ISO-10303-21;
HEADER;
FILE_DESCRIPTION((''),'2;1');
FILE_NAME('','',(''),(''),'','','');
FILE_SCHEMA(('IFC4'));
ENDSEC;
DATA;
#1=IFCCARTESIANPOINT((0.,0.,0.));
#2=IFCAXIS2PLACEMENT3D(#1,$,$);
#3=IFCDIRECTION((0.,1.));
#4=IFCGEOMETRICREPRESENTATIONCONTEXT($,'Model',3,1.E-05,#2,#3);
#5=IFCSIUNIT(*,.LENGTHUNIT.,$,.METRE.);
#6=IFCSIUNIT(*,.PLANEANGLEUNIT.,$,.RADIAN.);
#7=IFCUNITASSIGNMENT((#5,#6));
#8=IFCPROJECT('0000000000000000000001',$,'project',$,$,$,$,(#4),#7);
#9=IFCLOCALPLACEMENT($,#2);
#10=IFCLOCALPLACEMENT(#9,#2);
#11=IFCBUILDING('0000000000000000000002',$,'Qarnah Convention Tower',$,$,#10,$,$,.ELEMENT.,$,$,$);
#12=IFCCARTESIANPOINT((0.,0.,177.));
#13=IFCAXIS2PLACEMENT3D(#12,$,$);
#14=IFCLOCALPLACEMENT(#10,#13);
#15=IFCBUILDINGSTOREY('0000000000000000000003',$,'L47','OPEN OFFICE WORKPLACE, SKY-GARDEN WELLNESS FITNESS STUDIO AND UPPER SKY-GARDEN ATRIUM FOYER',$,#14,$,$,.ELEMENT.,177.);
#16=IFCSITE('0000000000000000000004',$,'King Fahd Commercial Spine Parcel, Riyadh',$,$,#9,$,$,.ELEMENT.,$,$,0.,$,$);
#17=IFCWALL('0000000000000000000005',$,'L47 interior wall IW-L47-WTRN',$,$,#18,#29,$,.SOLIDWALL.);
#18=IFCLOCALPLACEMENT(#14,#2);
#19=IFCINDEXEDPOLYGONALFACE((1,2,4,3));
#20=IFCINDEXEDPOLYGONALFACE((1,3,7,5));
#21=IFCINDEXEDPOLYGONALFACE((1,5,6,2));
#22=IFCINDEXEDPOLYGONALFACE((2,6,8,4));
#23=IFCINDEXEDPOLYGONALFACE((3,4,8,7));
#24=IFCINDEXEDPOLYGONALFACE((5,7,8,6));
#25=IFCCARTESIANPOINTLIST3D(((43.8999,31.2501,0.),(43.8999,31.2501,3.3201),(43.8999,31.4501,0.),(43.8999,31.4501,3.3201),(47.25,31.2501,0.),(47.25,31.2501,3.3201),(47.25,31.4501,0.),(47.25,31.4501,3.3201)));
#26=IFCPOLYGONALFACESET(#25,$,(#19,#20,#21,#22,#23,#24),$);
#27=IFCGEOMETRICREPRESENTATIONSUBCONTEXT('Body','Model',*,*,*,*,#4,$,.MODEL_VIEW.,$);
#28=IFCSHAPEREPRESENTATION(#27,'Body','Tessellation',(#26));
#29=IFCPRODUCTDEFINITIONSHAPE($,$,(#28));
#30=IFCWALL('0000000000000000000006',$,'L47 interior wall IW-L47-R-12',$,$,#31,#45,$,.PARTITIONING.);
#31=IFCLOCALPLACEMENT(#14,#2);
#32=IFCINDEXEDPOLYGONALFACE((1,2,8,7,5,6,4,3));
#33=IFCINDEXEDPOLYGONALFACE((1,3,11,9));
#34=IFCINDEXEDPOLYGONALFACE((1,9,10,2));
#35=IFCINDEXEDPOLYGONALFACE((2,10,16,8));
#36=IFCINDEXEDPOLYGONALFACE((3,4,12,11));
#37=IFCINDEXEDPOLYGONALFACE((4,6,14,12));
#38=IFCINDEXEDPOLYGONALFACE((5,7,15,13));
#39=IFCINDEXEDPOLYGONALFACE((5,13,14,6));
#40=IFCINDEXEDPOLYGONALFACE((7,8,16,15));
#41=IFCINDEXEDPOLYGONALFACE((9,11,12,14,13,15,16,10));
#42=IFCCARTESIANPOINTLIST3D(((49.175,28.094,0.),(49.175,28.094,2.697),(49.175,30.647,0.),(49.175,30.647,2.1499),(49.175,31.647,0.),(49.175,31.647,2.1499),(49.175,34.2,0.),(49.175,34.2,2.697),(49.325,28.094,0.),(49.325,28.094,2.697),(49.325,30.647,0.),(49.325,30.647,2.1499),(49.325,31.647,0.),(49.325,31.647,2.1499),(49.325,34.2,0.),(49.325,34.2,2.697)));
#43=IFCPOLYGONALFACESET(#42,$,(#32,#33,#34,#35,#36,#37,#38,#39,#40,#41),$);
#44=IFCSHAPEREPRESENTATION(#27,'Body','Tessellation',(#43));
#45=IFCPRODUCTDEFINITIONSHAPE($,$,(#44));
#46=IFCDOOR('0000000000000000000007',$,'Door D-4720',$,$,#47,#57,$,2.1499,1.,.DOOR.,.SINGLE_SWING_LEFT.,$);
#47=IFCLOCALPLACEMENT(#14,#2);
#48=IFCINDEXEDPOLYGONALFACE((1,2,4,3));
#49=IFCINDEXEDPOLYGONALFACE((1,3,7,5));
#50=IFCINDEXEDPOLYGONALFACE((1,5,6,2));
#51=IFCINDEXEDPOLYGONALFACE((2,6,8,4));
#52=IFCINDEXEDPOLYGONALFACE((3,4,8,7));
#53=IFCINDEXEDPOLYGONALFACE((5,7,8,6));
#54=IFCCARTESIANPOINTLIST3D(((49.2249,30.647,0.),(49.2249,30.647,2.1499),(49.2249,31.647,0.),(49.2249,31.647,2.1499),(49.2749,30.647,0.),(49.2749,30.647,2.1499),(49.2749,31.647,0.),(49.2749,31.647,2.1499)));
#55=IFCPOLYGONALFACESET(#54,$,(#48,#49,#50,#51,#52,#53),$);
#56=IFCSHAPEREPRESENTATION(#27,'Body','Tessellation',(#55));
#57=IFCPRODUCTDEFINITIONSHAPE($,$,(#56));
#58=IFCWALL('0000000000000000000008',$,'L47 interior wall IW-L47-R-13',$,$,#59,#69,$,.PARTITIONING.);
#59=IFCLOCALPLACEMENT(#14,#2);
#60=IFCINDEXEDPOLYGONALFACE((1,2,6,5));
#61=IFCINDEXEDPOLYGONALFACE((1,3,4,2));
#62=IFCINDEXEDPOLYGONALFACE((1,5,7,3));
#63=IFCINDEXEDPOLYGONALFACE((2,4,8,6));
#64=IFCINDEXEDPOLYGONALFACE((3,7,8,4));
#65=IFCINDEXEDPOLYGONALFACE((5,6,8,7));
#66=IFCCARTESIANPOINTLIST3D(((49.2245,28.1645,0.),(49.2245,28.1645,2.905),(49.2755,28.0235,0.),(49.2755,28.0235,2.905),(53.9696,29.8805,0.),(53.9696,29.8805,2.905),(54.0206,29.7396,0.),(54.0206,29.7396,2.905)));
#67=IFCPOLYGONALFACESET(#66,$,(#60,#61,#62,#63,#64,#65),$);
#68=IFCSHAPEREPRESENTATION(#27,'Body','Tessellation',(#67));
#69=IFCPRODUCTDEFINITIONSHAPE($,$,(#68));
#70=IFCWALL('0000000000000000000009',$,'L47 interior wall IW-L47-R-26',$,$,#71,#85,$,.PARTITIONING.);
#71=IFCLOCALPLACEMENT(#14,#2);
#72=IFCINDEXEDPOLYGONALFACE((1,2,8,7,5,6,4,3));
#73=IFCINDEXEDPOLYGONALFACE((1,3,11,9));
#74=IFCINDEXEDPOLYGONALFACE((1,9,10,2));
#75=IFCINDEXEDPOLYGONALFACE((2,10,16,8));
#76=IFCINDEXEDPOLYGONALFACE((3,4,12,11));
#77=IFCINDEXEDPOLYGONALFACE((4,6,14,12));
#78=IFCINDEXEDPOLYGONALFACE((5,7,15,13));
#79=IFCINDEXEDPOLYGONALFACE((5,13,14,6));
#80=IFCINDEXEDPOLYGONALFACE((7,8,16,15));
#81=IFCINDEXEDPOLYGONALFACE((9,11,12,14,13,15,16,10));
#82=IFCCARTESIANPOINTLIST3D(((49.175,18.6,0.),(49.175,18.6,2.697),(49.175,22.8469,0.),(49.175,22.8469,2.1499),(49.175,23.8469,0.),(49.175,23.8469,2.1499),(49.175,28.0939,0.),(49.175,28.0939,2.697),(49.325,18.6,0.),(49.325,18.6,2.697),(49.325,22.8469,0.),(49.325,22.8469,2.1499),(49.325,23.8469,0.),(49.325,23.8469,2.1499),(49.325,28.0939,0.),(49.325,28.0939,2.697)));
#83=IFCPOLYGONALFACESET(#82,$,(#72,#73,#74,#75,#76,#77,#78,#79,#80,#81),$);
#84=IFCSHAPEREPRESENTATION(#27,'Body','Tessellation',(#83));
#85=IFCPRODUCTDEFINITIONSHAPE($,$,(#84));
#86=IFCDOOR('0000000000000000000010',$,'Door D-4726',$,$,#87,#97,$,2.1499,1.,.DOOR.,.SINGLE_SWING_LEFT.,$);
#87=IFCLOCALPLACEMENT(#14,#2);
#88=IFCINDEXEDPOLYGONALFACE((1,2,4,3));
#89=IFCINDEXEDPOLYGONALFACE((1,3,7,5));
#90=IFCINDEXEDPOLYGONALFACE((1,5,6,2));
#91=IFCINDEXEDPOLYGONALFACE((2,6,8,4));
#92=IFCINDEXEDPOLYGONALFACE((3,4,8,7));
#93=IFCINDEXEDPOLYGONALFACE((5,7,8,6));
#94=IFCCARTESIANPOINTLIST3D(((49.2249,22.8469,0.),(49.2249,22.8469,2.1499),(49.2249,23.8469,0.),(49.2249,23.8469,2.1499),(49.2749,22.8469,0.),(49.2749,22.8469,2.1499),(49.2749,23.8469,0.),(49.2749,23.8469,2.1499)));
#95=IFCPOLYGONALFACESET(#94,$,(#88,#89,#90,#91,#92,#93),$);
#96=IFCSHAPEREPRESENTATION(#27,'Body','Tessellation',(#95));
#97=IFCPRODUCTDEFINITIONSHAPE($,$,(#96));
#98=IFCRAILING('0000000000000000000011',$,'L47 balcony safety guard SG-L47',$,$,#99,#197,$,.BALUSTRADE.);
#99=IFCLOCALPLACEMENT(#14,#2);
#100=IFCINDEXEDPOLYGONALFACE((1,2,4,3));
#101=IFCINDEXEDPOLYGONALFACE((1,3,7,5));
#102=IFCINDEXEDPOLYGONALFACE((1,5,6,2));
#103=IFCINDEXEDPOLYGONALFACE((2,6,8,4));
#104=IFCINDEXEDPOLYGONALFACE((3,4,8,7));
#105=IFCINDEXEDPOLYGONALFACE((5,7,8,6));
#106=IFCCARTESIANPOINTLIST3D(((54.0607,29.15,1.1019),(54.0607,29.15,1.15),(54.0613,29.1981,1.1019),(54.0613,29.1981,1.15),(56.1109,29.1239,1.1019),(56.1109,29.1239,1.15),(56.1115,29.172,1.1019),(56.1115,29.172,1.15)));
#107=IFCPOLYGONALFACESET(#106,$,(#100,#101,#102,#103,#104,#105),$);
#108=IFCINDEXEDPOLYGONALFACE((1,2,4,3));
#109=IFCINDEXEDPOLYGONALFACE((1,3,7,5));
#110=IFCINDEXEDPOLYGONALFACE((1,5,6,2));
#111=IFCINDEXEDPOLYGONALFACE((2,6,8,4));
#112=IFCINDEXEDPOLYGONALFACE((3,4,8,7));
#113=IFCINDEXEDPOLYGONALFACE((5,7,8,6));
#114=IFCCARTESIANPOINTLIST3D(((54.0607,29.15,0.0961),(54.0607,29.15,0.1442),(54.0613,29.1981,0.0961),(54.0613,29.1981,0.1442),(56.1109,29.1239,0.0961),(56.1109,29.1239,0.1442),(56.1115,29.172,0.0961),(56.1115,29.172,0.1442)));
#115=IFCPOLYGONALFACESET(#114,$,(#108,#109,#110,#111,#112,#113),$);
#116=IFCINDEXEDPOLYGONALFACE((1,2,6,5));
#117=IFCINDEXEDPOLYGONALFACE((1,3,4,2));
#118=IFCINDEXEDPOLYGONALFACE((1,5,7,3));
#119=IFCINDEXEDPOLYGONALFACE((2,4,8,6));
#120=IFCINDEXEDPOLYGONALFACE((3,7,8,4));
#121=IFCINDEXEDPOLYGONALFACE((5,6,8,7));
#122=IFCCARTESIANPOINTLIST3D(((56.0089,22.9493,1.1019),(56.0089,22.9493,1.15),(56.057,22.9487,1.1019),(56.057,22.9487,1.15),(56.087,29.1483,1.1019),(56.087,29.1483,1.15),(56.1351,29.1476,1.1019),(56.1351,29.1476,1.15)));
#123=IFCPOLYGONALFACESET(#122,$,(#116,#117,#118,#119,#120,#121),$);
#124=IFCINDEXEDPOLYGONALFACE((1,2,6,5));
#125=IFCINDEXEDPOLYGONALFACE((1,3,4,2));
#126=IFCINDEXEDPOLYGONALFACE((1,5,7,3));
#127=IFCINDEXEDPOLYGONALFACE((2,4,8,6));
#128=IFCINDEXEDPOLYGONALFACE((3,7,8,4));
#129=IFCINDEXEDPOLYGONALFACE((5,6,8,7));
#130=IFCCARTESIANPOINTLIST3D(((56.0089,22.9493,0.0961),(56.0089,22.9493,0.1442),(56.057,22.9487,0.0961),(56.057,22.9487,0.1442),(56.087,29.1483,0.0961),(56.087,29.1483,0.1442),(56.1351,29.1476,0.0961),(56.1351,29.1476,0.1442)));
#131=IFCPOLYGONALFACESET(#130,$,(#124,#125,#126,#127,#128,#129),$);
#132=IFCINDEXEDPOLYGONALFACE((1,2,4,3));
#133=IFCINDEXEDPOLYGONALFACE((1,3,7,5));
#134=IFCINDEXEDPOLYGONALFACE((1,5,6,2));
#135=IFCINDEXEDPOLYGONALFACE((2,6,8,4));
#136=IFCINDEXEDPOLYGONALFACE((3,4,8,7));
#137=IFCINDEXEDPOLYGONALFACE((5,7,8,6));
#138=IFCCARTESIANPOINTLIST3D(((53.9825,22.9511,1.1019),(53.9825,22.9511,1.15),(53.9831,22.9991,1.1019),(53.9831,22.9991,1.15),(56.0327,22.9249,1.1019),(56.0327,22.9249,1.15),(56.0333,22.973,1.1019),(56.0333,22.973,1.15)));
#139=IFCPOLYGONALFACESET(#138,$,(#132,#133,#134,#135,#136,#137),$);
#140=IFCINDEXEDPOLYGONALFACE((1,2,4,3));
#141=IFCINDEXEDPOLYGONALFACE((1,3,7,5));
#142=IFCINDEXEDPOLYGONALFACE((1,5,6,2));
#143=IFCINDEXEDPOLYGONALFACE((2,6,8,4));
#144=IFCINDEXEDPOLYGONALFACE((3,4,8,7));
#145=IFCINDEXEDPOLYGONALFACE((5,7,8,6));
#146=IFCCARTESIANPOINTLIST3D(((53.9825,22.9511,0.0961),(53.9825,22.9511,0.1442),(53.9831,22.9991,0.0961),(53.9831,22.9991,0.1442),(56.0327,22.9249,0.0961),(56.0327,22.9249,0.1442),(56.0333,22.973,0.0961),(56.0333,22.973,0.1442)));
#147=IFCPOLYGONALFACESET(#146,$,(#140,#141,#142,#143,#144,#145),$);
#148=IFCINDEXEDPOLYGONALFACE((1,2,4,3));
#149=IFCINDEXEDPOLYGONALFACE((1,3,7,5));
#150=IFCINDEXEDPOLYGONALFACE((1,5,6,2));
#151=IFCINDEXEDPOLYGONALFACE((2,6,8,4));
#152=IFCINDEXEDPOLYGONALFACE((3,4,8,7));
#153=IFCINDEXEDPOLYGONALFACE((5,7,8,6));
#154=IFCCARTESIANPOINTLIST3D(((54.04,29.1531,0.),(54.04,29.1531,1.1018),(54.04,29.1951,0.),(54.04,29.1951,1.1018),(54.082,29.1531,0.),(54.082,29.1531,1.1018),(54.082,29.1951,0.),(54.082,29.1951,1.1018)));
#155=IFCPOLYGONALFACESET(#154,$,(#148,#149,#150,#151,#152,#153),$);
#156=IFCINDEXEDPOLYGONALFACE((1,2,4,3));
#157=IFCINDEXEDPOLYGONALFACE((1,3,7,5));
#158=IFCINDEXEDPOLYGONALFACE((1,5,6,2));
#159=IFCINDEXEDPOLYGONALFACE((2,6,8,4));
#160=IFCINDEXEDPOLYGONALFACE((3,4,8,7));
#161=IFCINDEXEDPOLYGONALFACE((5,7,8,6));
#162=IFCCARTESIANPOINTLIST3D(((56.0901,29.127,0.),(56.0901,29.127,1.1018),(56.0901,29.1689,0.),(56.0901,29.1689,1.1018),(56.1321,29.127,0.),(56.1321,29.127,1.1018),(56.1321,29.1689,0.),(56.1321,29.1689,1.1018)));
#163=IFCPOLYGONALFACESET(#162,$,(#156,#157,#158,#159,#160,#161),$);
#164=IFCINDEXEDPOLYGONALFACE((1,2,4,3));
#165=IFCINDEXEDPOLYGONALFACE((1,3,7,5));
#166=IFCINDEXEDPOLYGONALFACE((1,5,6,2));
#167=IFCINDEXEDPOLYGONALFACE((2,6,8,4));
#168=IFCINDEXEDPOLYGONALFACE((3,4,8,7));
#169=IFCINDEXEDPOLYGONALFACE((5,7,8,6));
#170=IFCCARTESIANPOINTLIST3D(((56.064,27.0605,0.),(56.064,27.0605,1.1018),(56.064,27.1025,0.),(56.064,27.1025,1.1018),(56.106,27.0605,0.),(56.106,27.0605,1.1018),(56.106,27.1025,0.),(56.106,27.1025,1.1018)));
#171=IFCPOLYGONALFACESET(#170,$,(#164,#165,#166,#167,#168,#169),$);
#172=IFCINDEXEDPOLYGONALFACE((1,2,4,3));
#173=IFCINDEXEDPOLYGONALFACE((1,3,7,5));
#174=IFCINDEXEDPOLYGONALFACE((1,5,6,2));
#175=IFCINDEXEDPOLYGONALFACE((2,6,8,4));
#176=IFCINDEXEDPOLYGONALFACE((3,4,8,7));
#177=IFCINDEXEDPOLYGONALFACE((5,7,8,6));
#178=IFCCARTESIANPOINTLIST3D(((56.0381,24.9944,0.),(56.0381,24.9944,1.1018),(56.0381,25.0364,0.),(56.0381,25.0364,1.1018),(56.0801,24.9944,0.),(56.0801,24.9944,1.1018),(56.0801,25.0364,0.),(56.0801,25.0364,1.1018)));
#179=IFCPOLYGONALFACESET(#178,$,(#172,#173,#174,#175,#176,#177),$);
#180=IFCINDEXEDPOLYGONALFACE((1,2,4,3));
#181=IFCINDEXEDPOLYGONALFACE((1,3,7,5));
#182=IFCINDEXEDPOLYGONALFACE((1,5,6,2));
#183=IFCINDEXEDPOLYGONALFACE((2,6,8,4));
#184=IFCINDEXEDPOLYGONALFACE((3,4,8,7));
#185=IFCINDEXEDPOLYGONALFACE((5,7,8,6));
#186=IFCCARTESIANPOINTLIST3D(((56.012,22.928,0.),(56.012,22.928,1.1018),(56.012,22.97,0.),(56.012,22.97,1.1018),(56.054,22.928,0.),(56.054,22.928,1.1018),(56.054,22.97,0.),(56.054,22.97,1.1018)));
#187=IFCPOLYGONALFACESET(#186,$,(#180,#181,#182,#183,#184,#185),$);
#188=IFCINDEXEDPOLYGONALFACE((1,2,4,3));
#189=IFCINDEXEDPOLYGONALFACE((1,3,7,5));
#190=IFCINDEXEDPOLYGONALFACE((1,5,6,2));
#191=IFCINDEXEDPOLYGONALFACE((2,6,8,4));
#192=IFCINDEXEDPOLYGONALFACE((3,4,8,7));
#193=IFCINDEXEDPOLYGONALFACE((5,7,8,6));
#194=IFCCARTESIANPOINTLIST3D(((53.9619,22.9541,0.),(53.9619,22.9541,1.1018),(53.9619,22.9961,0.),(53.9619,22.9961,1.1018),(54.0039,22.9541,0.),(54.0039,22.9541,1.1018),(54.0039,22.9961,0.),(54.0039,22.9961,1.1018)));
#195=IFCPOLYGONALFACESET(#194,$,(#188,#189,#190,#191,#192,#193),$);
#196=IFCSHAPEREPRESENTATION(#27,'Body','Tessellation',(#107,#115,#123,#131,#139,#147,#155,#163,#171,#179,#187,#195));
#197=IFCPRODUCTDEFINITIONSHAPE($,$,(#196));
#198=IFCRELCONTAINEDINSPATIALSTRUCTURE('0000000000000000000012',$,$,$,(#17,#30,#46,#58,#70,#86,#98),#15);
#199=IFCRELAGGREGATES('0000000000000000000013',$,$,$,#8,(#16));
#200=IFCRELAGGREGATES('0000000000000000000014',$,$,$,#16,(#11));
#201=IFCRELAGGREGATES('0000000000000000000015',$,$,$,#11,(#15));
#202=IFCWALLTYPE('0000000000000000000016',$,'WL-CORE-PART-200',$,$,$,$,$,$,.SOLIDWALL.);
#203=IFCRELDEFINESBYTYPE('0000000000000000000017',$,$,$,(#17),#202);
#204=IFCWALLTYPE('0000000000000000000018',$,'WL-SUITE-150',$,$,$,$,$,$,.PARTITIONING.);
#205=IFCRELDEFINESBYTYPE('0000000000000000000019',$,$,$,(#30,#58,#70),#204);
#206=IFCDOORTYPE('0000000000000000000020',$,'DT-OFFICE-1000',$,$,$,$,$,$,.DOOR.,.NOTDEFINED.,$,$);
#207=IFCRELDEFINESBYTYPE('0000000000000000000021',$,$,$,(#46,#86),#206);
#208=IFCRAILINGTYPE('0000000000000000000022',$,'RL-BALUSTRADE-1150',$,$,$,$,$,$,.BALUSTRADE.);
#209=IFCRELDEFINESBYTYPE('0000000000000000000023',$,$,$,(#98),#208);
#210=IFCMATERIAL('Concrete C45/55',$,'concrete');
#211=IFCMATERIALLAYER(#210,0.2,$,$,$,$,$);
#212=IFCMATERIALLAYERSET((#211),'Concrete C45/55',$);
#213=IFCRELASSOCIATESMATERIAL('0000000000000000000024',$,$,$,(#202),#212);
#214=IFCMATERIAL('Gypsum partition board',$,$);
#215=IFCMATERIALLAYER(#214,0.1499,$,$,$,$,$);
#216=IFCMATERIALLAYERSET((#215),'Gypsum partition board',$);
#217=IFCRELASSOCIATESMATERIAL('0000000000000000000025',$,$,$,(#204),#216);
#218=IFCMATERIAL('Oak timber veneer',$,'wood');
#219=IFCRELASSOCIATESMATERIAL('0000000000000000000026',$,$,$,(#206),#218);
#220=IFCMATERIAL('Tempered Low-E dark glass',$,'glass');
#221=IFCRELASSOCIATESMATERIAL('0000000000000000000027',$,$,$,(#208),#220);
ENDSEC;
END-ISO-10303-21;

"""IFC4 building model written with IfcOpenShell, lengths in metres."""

from ifc_helpers import new_model, si_unit, direction, frame, frame_2d, origin, origin_2d, place, context, subcontext, project, spatial, rectangle, extrude, material, layer, layer_set, type_object, element, fill, save


model = new_model("IFC4")

# Units and contexts
model_context = context("Model", 3, precision=1e-05, world=origin(), true_north=direction((0.0, 1.0)))
body_context = subcontext(model_context, "Body", "Model", "MODEL_VIEW")
ifc_project = project(units=[si_unit("LENGTHUNIT", "METRE"), si_unit("PLANEANGLEUNIT", "RADIAN")], contexts=[model_context])

# Site, building, storey
site_placement = place(None, origin())
site = spatial("IfcSite", under=ifc_project, at=site_placement, Name="King Fahd Commercial Spine Parcel, Riyadh", CompositionType="ELEMENT", RefElevation=0.0)
building_placement = place(site_placement, origin())
building = spatial("IfcBuilding", under=site, at=building_placement, Name="Qarnah Convention Tower", CompositionType="ELEMENT")
storey_placement = place(building_placement, frame((0.0, 0.0, 177.0)))
storey = spatial("IfcBuildingStorey", under=building, at=storey_placement, Name="L47", Description="OPEN OFFICE WORKPLACE, SKY-GARDEN WELLNESS FITNESS STUDIO AND UPPER SKY-GARDEN ATRIUM FOYER", CompositionType="ELEMENT", Elevation=177.0)

# Shared definitions
ifc_material_1 = material(Name="Tempered Low-E dark glass", Category="glass")

# Wall
ifc_material_2 = material(Name="Concrete C45/55", Category="concrete")
ifc_layer_1 = layer(ifc_material_2, 0.2)
ifc_layer_set_1 = layer_set([ifc_layer_1], Name="Concrete C45/55")
wall_type_1 = type_object("IfcWallType", Name="WL-CORE-PART-200", PredefinedType="SOLIDWALL", material=ifc_layer_set_1)
wall_1_placement = place(storey_placement, frame((43.8999, 31.3501, 0.0), z_axis=(0.0, 0.0, 1.0), x_axis=(1.0, 0.0, 0.0)))
element("IfcWall", 1, at=wall_1_placement, inside=storey, type_object=wall_type_1, Name="L47 interior wall IW-L47-WTRN", PredefinedType="SOLIDWALL", context=body_context, shape_type="SweptSolid", body=[
    extrude(rectangle(XDim=3.3501, YDim=0.2, at=frame_2d((1.675, 0.0))), origin(), (0.0, 0.0, 1.0), 3.3201),
])

# Wall, opening, door
ifc_material_3 = material(Name="Gypsum partition board")
ifc_layer_2 = layer(ifc_material_3, 0.1499)
ifc_layer_set_2 = layer_set([ifc_layer_2], Name="Gypsum partition board")
wall_type_2 = type_object("IfcWallType", Name="WL-SUITE-150", PredefinedType="PARTITIONING", material=ifc_layer_set_2)
wall_2_placement = place(storey_placement, frame((49.25, 34.2, 0.0), z_axis=(0.0, 0.0, 1.0), x_axis=(0.0, -1.0, 0.0)))
wall_2 = element("IfcWall", 2, at=wall_2_placement, inside=storey, type_object=wall_type_2, Name="L47 interior wall IW-L47-R-12", PredefinedType="PARTITIONING", context=body_context, shape_type="SweptSolid", body=[
    extrude(rectangle(XDim=6.106, YDim=0.1499, at=frame_2d((3.053, 0.0))), origin(), (0.0, 0.0, 1.0), 2.697),
])
opening_1_placement = place(wall_2_placement, frame((2.553, 0.0, 0.0)))
opening_1 = element("IfcOpeningElement", 3, at=opening_1_placement, cuts=wall_2, PredefinedType="OPENING", context=body_context, shape_type="SweptSolid", body=[
    extrude(rectangle(XDim=1.0, YDim=2.1499, at=frame_2d((0.5, 1.075))), frame((0.0, 0.085, 0.0), z_axis=(0.0, -1.0, 0.0), x_axis=(1.0, 0.0, 0.0)), (0.0, 0.0, 1.0), 0.1699),
])
ifc_material_4 = material(Name="Oak timber veneer", Category="wood")
door_type_1 = type_object("IfcDoorType", Name="DT-OFFICE-1000", OperationType="NOTDEFINED", PredefinedType="DOOR", material=ifc_material_4)
door_1_placement = place(opening_1_placement, origin())
door_1 = element("IfcDoor", 4, at=door_1_placement, inside=storey, type_object=door_type_1, Name="Door D-4720", OperationType="SINGLE_SWING_LEFT", OverallHeight=2.1499, OverallWidth=1.0, PredefinedType="DOOR", context=body_context, shape_type="SweptSolid", body=[
    extrude(rectangle(XDim=1.0, YDim=2.1499, at=frame_2d((0.5, 1.075))), frame((0.0, 0.0249, 0.0), z_axis=(0.0, -1.0, 0.0), x_axis=(1.0, 0.0, 0.0)), (0.0, 0.0, 1.0), 0.05),
])
fill(opening_1, door_1)

# Wall
wall_3_placement = place(storey_placement, frame((49.25, 28.094, 0.0), z_axis=(0.0, 0.0, 1.0), x_axis=(0.940392, 0.340091, 0.0)))
element("IfcWall", 5, at=wall_3_placement, inside=storey, type_object=wall_type_2, Name="L47 interior wall IW-L47-R-13", PredefinedType="PARTITIONING", context=body_context, shape_type="SweptSolid", body=[
    extrude(rectangle(XDim=5.0459, YDim=0.1499, at=frame_2d((2.5229, 0.0))), origin(), (0.0, 0.0, 1.0), 2.905),
])

# Wall, opening, door
wall_4_placement = place(storey_placement, frame((49.25, 28.094, 0.0), z_axis=(0.0, 0.0, 1.0), x_axis=(0.0, -1.0, 0.0)))
wall_4 = element("IfcWall", 6, at=wall_4_placement, inside=storey, type_object=wall_type_2, Name="L47 interior wall IW-L47-R-26", PredefinedType="PARTITIONING", context=body_context, shape_type="SweptSolid", body=[
    extrude(rectangle(XDim=9.4939, YDim=0.1499, at=frame_2d((4.7471, 0.0))), origin(), (0.0, 0.0, 1.0), 2.697),
])
opening_2_placement = place(wall_4_placement, frame((4.2471, 0.0, 0.0)))
opening_2 = element("IfcOpeningElement", 7, at=opening_2_placement, cuts=wall_4, PredefinedType="OPENING", context=body_context, shape_type="SweptSolid", body=[
    extrude(rectangle(XDim=1.0, YDim=2.1499, at=frame_2d((0.5, 1.075))), frame((0.0, 0.085, 0.0), z_axis=(0.0, -1.0, 0.0), x_axis=(1.0, 0.0, 0.0)), (0.0, 0.0, 1.0), 0.1699),
])
door_2_placement = place(opening_2_placement, origin())
door_2 = element("IfcDoor", 8, at=door_2_placement, inside=storey, type_object=door_type_1, Name="Door D-4726", OperationType="SINGLE_SWING_LEFT", OverallHeight=2.1499, OverallWidth=1.0, PredefinedType="DOOR", context=body_context, shape_type="SweptSolid", body=[
    extrude(rectangle(XDim=1.0, YDim=2.1499, at=frame_2d((0.5, 1.075))), frame((0.0, 0.0249, 0.0), z_axis=(0.0, -1.0, 0.0), x_axis=(1.0, 0.0, 0.0)), (0.0, 0.0, 1.0), 0.05),
])
fill(opening_2, door_2)

# Railing
railing_type = type_object("IfcRailingType", Name="RL-BALUSTRADE-1150", PredefinedType="BALUSTRADE", material=ifc_material_1)
railing_placement = place(storey_placement, frame((54.061, 29.1741, 0.0)))
element("IfcRailing", 9, at=railing_placement, inside=storey, type_object=railing_type, Name="L47 balcony safety guard SG-L47", PredefinedType="BALUSTRADE", context=body_context, shape_type="SweptSolid", body=[
    extrude(rectangle(XDim=0.0481, YDim=0.0481, at=origin_2d()), frame((0.0, 0.0, 1.126), z_axis=(0.999919, -0.012742, 0.0), x_axis=(0.012742, 0.999919, 0.0)), (0.0, 0.0, 1.0), 2.0503),
    extrude(rectangle(XDim=0.0481, YDim=0.0481, at=origin_2d()), frame((0.0, 0.0, 0.1201), z_axis=(0.999919, -0.012742, 0.0), x_axis=(0.012742, 0.999919, 0.0)), (0.0, 0.0, 1.0), 2.0503),
    extrude(rectangle(XDim=0.0481, YDim=0.0481, at=origin_2d()), frame((2.05, -0.0261, 1.126), z_axis=(-0.012602, -0.999921, 0.0), x_axis=(0.999921, -0.012602, 0.0)), (0.0, 0.0, 1.0), 6.1995),
    extrude(rectangle(XDim=0.0481, YDim=0.0481, at=origin_2d()), frame((2.05, -0.0261, 0.1201), z_axis=(-0.012602, -0.999921, 0.0), x_axis=(0.999921, -0.012602, 0.0)), (0.0, 0.0, 1.0), 6.1995),
    extrude(rectangle(XDim=0.0481, YDim=0.0481, at=origin_2d()), frame((1.9719, -6.2251, 1.126), z_axis=(-0.999919, 0.012742, 0.0), x_axis=(-0.012742, -0.999919, 0.0)), (0.0, 0.0, 1.0), 2.0503),
    extrude(rectangle(XDim=0.0481, YDim=0.0481, at=origin_2d()), frame((1.9719, -6.2251, 0.1201), z_axis=(-0.999919, 0.012742, 0.0), x_axis=(-0.012742, -0.999919, 0.0)), (0.0, 0.0, 1.0), 2.0503),
    extrude(rectangle(XDim=0.042, YDim=0.042, at=origin_2d()), origin(), (0.0, 0.0, 1.0), 1.1018),
    extrude(rectangle(XDim=0.042, YDim=0.042, at=origin_2d()), frame((2.05, -0.0261, 0.0)), (0.0, 0.0, 1.0), 1.1018),
    extrude(rectangle(XDim=0.042, YDim=0.042, at=origin_2d()), frame((2.0239, -2.0925, 0.0)), (0.0, 0.0, 1.0), 1.1018),
    extrude(rectangle(XDim=0.042, YDim=0.042, at=origin_2d()), frame((1.998, -4.1587, 0.0)), (0.0, 0.0, 1.0), 1.1018),
    extrude(rectangle(XDim=0.042, YDim=0.042, at=origin_2d()), frame((1.9719, -6.2251, 0.0)), (0.0, 0.0, 1.0), 1.1018),
    extrude(rectangle(XDim=0.042, YDim=0.042, at=origin_2d()), frame((-0.0781, -6.199, 0.0)), (0.0, 0.0, 1.0), 1.1018),
])

save(model, "model.ifc")
